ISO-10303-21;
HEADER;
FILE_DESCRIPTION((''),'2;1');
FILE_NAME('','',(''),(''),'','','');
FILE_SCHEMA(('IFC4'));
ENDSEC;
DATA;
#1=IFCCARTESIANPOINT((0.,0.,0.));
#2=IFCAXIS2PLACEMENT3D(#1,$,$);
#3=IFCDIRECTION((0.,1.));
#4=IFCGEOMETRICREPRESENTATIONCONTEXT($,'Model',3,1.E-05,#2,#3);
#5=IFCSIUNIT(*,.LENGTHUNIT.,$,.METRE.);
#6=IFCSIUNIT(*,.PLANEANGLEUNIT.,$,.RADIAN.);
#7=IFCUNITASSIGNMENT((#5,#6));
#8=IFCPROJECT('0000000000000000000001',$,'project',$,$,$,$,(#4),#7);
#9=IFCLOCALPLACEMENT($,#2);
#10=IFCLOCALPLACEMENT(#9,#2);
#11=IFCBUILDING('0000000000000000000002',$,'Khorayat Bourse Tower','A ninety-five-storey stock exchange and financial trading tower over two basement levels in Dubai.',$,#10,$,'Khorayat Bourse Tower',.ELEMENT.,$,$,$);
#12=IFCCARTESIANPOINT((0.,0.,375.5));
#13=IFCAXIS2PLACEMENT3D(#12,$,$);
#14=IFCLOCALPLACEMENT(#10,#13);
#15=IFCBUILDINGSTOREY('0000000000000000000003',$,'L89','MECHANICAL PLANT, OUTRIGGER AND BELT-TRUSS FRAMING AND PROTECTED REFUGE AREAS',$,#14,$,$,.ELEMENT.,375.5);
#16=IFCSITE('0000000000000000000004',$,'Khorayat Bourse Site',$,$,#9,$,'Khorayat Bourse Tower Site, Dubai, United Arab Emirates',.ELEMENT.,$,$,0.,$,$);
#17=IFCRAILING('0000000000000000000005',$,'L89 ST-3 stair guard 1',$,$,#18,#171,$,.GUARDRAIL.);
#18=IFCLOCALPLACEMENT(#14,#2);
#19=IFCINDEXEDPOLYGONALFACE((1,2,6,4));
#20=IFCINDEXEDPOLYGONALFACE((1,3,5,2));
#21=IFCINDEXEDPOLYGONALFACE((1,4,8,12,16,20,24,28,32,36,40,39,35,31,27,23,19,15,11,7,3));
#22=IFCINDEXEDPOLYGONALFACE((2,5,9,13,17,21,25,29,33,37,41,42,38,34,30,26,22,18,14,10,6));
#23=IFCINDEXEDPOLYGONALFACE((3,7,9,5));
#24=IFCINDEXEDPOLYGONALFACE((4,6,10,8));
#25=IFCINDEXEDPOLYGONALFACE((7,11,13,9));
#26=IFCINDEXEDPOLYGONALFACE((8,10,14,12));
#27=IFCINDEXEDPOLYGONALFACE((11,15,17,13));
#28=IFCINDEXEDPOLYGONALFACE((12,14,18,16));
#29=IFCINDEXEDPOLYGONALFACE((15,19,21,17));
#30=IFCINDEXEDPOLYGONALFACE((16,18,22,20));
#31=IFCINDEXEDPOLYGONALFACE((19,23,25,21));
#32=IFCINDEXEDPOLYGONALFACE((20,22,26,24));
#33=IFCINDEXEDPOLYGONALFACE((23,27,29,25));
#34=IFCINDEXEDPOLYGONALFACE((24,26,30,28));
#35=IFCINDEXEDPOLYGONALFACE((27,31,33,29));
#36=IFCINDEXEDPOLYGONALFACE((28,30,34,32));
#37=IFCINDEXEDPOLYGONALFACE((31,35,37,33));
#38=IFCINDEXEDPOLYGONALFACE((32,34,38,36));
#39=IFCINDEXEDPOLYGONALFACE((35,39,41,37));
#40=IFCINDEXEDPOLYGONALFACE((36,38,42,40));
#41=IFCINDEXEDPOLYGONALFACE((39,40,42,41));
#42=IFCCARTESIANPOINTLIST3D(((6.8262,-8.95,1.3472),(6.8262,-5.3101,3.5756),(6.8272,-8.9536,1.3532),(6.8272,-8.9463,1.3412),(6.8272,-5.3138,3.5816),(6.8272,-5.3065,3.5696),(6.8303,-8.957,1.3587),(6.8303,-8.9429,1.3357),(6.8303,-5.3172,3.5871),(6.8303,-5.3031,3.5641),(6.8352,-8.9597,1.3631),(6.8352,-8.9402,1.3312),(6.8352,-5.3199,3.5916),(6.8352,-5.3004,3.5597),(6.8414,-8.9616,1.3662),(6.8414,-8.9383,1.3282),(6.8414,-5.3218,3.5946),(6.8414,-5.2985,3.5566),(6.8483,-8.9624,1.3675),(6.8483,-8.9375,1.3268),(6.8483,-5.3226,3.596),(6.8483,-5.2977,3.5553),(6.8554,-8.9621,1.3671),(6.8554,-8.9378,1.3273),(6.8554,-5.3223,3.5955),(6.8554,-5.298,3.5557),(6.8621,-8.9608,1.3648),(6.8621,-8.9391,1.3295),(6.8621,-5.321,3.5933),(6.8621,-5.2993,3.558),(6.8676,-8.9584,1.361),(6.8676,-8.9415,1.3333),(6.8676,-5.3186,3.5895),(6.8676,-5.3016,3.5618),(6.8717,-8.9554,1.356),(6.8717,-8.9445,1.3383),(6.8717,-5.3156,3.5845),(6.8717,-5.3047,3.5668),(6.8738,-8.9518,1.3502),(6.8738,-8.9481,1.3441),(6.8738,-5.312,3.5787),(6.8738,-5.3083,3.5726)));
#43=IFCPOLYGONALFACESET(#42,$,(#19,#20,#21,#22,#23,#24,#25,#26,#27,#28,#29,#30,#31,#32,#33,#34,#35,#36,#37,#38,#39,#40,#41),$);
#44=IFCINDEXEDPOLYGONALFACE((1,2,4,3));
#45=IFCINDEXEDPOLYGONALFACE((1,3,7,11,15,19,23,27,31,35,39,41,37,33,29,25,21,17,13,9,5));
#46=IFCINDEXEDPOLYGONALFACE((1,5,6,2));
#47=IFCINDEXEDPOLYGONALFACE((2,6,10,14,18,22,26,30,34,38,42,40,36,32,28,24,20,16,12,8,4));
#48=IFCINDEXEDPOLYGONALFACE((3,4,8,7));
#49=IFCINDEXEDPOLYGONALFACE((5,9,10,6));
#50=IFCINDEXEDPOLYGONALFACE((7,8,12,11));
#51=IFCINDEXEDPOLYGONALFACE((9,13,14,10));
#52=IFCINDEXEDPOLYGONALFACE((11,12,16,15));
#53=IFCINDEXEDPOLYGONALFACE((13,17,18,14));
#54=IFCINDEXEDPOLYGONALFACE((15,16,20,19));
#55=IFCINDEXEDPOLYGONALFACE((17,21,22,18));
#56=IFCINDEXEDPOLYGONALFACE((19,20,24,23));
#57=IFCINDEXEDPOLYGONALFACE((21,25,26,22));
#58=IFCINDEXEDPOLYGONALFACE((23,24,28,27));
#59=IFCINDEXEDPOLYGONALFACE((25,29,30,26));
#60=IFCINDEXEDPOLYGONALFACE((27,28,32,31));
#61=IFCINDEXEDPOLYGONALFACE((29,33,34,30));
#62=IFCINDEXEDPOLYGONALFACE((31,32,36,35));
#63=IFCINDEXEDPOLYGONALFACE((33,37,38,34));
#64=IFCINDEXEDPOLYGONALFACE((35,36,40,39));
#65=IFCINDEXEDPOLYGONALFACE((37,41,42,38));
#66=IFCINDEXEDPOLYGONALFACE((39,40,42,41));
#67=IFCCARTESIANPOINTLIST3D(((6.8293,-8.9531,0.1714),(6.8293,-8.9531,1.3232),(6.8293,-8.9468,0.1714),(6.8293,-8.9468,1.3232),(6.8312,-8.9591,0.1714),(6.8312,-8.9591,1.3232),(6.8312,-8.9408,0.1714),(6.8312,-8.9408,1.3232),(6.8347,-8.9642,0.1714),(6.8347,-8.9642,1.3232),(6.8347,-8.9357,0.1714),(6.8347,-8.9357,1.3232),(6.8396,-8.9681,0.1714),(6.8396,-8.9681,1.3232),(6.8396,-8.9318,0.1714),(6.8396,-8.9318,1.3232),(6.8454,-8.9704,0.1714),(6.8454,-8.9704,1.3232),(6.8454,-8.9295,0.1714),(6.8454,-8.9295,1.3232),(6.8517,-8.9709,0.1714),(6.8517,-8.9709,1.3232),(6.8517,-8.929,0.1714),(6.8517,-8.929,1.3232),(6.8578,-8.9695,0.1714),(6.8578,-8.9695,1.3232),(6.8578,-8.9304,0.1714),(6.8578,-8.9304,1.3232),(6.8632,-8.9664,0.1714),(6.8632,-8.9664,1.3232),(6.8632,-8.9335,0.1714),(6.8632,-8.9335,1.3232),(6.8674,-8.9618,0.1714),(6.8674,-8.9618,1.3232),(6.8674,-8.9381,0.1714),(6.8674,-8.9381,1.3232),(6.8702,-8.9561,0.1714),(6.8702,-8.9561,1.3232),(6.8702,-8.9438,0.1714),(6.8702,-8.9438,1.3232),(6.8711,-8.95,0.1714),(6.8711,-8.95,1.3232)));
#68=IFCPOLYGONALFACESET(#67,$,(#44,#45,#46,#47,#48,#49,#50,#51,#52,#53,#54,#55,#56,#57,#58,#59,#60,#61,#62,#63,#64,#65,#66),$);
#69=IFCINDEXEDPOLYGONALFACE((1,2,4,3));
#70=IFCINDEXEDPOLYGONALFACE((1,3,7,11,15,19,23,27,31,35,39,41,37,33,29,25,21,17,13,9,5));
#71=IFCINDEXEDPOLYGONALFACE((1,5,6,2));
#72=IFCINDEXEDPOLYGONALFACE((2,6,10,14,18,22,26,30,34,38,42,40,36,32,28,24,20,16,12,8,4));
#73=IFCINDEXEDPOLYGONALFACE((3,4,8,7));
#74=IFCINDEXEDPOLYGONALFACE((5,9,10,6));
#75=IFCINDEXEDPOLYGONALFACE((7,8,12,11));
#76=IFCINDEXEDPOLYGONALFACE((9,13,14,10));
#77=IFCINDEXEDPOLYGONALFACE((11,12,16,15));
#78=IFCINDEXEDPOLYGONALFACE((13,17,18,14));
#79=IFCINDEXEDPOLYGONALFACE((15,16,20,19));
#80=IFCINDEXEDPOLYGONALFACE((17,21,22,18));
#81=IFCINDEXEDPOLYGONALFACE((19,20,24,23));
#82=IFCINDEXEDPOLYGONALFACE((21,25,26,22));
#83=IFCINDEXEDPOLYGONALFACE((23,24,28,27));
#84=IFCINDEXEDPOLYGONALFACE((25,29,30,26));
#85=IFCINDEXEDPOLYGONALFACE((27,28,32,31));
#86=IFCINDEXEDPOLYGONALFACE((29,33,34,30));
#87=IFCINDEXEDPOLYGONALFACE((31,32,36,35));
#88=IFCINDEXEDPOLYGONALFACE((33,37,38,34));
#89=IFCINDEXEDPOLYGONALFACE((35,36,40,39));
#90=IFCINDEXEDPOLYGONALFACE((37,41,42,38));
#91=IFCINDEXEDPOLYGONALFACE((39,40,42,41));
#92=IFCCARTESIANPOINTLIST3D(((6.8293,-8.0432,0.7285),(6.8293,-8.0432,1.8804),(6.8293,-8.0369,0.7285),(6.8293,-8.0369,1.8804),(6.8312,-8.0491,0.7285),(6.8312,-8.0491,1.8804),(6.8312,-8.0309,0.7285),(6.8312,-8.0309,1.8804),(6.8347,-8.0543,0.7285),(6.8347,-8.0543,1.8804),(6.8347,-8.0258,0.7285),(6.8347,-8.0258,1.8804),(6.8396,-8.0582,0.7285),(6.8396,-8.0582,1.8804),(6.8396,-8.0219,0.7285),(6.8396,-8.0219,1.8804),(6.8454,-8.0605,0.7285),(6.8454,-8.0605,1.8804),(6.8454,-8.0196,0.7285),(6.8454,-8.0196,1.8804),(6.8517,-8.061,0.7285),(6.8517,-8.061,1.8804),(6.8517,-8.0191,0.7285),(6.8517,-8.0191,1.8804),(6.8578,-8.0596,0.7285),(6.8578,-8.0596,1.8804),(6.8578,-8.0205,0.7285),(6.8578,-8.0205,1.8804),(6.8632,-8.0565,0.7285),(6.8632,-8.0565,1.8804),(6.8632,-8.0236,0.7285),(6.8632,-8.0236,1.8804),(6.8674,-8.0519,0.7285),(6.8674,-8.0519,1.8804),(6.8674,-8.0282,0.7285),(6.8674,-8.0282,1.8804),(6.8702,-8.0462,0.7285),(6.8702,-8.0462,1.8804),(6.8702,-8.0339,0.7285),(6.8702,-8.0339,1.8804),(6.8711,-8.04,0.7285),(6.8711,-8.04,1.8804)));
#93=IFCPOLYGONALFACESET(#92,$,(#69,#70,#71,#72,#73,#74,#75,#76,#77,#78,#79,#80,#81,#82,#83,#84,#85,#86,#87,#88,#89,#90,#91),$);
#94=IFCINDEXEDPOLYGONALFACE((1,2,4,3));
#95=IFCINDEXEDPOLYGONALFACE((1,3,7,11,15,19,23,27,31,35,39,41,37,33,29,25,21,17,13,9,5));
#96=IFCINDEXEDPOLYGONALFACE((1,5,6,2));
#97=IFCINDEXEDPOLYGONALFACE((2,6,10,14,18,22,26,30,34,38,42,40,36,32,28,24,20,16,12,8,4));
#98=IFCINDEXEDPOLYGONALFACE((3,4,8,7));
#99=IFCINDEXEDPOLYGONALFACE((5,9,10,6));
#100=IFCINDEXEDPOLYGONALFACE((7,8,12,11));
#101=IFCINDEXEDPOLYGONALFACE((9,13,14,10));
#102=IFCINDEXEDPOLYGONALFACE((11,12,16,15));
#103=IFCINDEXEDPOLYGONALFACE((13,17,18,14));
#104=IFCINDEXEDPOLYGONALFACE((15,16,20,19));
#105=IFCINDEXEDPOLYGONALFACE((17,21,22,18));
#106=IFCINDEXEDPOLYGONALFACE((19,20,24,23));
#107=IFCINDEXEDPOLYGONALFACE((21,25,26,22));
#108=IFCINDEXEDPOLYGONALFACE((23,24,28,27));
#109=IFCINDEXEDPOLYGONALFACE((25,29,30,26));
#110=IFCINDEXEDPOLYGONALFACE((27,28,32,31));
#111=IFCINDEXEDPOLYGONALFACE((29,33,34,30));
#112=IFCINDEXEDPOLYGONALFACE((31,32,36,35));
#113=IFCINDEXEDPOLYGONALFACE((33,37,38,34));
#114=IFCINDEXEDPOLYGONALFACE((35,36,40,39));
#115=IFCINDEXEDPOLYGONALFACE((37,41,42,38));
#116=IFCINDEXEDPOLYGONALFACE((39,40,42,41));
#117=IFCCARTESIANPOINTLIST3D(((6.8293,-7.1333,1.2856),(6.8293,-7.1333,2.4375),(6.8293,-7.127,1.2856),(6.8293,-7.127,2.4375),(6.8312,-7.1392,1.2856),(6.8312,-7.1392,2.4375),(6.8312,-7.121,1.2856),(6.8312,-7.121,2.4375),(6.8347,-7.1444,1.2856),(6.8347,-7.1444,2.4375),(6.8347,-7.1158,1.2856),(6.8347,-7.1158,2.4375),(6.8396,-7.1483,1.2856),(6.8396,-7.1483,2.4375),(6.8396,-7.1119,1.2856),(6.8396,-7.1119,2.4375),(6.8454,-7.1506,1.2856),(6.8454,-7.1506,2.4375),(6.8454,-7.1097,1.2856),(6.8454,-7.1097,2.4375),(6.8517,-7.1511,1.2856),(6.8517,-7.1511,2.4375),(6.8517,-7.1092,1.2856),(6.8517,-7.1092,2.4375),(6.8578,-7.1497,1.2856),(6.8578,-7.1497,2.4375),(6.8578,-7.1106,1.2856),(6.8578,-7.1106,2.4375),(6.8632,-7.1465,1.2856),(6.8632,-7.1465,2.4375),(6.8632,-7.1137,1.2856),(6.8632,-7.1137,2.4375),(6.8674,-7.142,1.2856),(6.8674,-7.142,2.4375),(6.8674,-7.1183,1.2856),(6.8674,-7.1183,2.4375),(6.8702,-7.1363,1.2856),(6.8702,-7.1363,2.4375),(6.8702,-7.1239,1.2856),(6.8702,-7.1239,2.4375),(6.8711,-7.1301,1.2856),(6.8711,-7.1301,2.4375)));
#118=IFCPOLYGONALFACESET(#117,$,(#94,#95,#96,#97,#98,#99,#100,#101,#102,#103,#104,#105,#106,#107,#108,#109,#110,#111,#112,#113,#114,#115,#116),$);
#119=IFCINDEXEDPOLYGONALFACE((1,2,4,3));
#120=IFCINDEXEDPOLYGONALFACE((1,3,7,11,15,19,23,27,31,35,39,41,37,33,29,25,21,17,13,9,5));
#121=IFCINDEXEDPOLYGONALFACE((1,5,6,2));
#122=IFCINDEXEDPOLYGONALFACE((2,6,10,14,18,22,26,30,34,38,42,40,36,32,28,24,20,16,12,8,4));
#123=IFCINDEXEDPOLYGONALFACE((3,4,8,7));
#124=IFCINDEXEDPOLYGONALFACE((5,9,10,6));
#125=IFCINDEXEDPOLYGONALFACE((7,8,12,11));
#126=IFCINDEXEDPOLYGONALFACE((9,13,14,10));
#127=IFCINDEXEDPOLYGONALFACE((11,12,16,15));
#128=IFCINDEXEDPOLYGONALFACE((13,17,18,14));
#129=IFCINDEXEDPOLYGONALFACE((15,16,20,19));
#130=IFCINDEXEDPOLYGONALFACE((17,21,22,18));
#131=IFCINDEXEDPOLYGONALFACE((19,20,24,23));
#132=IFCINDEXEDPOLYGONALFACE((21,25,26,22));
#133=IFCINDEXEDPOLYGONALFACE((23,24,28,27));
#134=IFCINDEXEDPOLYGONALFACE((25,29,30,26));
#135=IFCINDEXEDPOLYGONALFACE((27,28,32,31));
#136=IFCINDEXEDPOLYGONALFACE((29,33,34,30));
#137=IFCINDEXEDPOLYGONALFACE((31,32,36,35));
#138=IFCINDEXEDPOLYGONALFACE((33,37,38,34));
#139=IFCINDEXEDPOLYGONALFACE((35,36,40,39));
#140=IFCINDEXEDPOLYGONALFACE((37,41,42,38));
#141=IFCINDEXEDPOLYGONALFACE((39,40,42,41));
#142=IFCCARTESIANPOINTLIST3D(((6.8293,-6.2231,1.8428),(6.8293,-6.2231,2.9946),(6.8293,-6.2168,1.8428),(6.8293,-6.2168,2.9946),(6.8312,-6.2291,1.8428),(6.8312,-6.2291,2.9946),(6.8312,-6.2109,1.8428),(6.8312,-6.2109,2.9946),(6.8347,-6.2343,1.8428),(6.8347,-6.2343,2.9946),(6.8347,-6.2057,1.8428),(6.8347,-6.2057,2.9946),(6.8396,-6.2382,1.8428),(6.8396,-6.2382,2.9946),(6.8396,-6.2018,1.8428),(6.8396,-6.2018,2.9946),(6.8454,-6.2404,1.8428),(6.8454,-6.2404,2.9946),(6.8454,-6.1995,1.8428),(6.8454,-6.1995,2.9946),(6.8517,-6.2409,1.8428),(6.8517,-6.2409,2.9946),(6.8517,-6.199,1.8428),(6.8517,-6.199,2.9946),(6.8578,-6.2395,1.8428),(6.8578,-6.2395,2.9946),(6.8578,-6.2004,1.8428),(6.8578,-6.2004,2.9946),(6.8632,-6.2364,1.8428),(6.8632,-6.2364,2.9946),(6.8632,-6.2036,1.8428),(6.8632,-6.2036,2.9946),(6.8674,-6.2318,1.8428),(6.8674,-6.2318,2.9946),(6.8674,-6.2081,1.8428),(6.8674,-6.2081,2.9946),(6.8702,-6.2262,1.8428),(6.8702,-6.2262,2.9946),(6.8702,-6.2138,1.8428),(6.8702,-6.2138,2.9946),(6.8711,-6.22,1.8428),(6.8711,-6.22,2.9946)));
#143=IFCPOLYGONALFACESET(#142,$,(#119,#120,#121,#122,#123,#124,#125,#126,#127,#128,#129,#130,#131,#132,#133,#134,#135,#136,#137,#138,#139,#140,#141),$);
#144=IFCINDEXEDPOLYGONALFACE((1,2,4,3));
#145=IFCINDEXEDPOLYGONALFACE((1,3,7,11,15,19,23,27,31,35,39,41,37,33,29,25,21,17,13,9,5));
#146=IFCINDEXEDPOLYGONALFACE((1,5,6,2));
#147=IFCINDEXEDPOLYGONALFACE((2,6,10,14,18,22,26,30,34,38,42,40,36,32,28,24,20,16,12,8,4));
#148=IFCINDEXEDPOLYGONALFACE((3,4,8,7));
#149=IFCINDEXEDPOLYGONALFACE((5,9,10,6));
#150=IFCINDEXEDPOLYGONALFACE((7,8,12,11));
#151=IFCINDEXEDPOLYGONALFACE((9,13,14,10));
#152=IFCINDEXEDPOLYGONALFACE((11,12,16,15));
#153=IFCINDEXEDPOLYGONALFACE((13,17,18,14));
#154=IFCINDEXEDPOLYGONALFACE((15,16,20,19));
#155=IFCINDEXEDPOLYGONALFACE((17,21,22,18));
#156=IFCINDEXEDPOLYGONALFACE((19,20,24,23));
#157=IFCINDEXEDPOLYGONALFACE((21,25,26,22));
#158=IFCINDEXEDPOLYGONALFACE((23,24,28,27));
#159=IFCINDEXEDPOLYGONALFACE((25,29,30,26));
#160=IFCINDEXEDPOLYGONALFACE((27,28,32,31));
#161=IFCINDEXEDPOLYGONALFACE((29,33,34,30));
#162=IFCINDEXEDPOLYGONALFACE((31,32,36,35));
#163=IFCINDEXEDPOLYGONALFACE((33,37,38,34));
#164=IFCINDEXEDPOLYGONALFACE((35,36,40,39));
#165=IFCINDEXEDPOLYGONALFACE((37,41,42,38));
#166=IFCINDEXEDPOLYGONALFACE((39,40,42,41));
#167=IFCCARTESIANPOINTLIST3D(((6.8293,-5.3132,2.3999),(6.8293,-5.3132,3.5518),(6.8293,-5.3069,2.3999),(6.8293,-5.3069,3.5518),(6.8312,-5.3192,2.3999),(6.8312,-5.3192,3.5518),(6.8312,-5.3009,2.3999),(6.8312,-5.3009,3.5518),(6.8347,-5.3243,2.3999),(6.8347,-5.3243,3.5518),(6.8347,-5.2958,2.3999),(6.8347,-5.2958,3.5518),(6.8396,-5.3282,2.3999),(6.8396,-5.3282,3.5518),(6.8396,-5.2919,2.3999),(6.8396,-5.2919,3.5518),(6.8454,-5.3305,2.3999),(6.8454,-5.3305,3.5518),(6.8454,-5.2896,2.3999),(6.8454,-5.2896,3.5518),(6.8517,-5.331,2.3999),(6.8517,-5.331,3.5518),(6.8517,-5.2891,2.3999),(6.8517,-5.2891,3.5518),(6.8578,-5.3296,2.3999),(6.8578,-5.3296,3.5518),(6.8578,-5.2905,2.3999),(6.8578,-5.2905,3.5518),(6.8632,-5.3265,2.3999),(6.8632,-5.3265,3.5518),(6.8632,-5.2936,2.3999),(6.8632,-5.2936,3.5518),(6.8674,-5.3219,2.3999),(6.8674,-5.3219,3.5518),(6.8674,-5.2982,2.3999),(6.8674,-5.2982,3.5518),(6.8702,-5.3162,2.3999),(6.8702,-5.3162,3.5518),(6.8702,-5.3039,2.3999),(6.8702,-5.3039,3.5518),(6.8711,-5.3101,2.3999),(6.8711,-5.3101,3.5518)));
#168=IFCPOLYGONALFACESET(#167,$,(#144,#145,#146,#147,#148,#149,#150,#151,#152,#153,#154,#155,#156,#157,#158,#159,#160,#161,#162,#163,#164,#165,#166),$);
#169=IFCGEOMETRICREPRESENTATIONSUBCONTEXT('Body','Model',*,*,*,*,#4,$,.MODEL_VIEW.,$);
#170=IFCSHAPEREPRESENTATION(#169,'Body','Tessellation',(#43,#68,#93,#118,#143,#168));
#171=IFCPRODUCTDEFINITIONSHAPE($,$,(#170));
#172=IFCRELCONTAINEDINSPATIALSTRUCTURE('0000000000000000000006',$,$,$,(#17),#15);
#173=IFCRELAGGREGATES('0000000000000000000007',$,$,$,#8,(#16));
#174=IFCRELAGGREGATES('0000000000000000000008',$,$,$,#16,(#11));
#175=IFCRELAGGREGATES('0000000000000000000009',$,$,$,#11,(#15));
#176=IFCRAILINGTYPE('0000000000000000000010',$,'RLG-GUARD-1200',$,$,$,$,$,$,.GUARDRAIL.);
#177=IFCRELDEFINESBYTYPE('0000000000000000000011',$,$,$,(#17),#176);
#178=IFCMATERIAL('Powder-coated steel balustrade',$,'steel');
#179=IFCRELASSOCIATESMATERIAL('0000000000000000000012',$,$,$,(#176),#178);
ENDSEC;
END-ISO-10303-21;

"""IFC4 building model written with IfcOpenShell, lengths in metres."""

from ifc_helpers import new_model, si_unit, direction, frame, origin, origin_2d, place, context, subcontext, project, spatial, circle, extrude, source, transform, mapped, material, type_object, element, save


model = new_model("IFC4")

# Units and contexts
model_context = context("Model", 3, precision=1e-05, world=origin(), true_north=direction((0.0, 1.0)))
body_context = subcontext(model_context, "Body", "Model", "MODEL_VIEW")
ifc_project = project(units=[si_unit("LENGTHUNIT", "METRE"), si_unit("PLANEANGLEUNIT", "RADIAN")], contexts=[model_context])

# Site, building, storey
site_placement = place(None, origin())
site = spatial("IfcSite", under=ifc_project, at=site_placement, Name="Khorayat Bourse Site", LongName="Khorayat Bourse Tower Site, Dubai, United Arab Emirates", CompositionType="ELEMENT", RefElevation=0.0)
building_placement = place(site_placement, origin())
building = spatial("IfcBuilding", under=site, at=building_placement, Name="Khorayat Bourse Tower", Description="A ninety-five-storey stock exchange and financial trading tower over two basement levels in Dubai.", LongName="Khorayat Bourse Tower", CompositionType="ELEMENT")
storey_placement = place(building_placement, frame((0.0, 0.0, 375.5)))
storey = spatial("IfcBuildingStorey", under=building, at=storey_placement, Name="L89", Description="MECHANICAL PLANT, OUTRIGGER AND BELT-TRUSS FRAMING AND PROTECTED REFUGE AREAS", CompositionType="ELEMENT", Elevation=375.5)

# Railing
ifc_material_1 = material(Name="Powder-coated steel balustrade", Category="steel")
railing_type_1 = type_object("IfcRailingType", Name="RLG-GUARD-1200", PredefinedType="GUARDRAIL", material=ifc_material_1)
shared_shape_1 = source(origin(), body_context, "Body", "SweptSolid", [
    extrude(circle(Radius=0.0239, at=origin_2d()), frame((0.0, 0.0, 1.1758), z_axis=(0.0, 0.85285, 0.522156), x_axis=(-1.0, 0.0, 0.0)), (0.0, 0.0, 1.0), 4.2678),
    extrude(circle(Radius=0.021, at=origin_2d()), origin(), (0.0, 0.0, 1.0), 1.1519),
    extrude(circle(Radius=0.021, at=origin_2d()), frame((0.0, 0.9099, 0.5571)), (0.0, 0.0, 1.0), 1.1519),
    extrude(circle(Radius=0.021, at=origin_2d()), frame((0.0, 1.8198, 1.1143)), (0.0, 0.0, 1.0), 1.1519),
    extrude(circle(Radius=0.021, at=origin_2d()), frame((0.0, 2.73, 1.6714)), (0.0, 0.0, 1.0), 1.1519),
    extrude(circle(Radius=0.021, at=origin_2d()), frame((0.0, 3.6399, 2.2285)), (0.0, 0.0, 1.0), 1.1519),
])
railing_1_placement = place(storey_placement, frame((6.8501, -8.95, 0.1714)))
element("IfcRailing", 1, at=railing_1_placement, inside=storey, type_object=railing_type_1, Name="L89 ST-3 stair guard 1", PredefinedType="GUARDRAIL", context=body_context, shape_type="MappedRepresentation", body=[
    mapped(shared_shape_1, transform((0.0, 0.0, 0.0), scale=1.0)),
])

save(model, "model.ifc")
